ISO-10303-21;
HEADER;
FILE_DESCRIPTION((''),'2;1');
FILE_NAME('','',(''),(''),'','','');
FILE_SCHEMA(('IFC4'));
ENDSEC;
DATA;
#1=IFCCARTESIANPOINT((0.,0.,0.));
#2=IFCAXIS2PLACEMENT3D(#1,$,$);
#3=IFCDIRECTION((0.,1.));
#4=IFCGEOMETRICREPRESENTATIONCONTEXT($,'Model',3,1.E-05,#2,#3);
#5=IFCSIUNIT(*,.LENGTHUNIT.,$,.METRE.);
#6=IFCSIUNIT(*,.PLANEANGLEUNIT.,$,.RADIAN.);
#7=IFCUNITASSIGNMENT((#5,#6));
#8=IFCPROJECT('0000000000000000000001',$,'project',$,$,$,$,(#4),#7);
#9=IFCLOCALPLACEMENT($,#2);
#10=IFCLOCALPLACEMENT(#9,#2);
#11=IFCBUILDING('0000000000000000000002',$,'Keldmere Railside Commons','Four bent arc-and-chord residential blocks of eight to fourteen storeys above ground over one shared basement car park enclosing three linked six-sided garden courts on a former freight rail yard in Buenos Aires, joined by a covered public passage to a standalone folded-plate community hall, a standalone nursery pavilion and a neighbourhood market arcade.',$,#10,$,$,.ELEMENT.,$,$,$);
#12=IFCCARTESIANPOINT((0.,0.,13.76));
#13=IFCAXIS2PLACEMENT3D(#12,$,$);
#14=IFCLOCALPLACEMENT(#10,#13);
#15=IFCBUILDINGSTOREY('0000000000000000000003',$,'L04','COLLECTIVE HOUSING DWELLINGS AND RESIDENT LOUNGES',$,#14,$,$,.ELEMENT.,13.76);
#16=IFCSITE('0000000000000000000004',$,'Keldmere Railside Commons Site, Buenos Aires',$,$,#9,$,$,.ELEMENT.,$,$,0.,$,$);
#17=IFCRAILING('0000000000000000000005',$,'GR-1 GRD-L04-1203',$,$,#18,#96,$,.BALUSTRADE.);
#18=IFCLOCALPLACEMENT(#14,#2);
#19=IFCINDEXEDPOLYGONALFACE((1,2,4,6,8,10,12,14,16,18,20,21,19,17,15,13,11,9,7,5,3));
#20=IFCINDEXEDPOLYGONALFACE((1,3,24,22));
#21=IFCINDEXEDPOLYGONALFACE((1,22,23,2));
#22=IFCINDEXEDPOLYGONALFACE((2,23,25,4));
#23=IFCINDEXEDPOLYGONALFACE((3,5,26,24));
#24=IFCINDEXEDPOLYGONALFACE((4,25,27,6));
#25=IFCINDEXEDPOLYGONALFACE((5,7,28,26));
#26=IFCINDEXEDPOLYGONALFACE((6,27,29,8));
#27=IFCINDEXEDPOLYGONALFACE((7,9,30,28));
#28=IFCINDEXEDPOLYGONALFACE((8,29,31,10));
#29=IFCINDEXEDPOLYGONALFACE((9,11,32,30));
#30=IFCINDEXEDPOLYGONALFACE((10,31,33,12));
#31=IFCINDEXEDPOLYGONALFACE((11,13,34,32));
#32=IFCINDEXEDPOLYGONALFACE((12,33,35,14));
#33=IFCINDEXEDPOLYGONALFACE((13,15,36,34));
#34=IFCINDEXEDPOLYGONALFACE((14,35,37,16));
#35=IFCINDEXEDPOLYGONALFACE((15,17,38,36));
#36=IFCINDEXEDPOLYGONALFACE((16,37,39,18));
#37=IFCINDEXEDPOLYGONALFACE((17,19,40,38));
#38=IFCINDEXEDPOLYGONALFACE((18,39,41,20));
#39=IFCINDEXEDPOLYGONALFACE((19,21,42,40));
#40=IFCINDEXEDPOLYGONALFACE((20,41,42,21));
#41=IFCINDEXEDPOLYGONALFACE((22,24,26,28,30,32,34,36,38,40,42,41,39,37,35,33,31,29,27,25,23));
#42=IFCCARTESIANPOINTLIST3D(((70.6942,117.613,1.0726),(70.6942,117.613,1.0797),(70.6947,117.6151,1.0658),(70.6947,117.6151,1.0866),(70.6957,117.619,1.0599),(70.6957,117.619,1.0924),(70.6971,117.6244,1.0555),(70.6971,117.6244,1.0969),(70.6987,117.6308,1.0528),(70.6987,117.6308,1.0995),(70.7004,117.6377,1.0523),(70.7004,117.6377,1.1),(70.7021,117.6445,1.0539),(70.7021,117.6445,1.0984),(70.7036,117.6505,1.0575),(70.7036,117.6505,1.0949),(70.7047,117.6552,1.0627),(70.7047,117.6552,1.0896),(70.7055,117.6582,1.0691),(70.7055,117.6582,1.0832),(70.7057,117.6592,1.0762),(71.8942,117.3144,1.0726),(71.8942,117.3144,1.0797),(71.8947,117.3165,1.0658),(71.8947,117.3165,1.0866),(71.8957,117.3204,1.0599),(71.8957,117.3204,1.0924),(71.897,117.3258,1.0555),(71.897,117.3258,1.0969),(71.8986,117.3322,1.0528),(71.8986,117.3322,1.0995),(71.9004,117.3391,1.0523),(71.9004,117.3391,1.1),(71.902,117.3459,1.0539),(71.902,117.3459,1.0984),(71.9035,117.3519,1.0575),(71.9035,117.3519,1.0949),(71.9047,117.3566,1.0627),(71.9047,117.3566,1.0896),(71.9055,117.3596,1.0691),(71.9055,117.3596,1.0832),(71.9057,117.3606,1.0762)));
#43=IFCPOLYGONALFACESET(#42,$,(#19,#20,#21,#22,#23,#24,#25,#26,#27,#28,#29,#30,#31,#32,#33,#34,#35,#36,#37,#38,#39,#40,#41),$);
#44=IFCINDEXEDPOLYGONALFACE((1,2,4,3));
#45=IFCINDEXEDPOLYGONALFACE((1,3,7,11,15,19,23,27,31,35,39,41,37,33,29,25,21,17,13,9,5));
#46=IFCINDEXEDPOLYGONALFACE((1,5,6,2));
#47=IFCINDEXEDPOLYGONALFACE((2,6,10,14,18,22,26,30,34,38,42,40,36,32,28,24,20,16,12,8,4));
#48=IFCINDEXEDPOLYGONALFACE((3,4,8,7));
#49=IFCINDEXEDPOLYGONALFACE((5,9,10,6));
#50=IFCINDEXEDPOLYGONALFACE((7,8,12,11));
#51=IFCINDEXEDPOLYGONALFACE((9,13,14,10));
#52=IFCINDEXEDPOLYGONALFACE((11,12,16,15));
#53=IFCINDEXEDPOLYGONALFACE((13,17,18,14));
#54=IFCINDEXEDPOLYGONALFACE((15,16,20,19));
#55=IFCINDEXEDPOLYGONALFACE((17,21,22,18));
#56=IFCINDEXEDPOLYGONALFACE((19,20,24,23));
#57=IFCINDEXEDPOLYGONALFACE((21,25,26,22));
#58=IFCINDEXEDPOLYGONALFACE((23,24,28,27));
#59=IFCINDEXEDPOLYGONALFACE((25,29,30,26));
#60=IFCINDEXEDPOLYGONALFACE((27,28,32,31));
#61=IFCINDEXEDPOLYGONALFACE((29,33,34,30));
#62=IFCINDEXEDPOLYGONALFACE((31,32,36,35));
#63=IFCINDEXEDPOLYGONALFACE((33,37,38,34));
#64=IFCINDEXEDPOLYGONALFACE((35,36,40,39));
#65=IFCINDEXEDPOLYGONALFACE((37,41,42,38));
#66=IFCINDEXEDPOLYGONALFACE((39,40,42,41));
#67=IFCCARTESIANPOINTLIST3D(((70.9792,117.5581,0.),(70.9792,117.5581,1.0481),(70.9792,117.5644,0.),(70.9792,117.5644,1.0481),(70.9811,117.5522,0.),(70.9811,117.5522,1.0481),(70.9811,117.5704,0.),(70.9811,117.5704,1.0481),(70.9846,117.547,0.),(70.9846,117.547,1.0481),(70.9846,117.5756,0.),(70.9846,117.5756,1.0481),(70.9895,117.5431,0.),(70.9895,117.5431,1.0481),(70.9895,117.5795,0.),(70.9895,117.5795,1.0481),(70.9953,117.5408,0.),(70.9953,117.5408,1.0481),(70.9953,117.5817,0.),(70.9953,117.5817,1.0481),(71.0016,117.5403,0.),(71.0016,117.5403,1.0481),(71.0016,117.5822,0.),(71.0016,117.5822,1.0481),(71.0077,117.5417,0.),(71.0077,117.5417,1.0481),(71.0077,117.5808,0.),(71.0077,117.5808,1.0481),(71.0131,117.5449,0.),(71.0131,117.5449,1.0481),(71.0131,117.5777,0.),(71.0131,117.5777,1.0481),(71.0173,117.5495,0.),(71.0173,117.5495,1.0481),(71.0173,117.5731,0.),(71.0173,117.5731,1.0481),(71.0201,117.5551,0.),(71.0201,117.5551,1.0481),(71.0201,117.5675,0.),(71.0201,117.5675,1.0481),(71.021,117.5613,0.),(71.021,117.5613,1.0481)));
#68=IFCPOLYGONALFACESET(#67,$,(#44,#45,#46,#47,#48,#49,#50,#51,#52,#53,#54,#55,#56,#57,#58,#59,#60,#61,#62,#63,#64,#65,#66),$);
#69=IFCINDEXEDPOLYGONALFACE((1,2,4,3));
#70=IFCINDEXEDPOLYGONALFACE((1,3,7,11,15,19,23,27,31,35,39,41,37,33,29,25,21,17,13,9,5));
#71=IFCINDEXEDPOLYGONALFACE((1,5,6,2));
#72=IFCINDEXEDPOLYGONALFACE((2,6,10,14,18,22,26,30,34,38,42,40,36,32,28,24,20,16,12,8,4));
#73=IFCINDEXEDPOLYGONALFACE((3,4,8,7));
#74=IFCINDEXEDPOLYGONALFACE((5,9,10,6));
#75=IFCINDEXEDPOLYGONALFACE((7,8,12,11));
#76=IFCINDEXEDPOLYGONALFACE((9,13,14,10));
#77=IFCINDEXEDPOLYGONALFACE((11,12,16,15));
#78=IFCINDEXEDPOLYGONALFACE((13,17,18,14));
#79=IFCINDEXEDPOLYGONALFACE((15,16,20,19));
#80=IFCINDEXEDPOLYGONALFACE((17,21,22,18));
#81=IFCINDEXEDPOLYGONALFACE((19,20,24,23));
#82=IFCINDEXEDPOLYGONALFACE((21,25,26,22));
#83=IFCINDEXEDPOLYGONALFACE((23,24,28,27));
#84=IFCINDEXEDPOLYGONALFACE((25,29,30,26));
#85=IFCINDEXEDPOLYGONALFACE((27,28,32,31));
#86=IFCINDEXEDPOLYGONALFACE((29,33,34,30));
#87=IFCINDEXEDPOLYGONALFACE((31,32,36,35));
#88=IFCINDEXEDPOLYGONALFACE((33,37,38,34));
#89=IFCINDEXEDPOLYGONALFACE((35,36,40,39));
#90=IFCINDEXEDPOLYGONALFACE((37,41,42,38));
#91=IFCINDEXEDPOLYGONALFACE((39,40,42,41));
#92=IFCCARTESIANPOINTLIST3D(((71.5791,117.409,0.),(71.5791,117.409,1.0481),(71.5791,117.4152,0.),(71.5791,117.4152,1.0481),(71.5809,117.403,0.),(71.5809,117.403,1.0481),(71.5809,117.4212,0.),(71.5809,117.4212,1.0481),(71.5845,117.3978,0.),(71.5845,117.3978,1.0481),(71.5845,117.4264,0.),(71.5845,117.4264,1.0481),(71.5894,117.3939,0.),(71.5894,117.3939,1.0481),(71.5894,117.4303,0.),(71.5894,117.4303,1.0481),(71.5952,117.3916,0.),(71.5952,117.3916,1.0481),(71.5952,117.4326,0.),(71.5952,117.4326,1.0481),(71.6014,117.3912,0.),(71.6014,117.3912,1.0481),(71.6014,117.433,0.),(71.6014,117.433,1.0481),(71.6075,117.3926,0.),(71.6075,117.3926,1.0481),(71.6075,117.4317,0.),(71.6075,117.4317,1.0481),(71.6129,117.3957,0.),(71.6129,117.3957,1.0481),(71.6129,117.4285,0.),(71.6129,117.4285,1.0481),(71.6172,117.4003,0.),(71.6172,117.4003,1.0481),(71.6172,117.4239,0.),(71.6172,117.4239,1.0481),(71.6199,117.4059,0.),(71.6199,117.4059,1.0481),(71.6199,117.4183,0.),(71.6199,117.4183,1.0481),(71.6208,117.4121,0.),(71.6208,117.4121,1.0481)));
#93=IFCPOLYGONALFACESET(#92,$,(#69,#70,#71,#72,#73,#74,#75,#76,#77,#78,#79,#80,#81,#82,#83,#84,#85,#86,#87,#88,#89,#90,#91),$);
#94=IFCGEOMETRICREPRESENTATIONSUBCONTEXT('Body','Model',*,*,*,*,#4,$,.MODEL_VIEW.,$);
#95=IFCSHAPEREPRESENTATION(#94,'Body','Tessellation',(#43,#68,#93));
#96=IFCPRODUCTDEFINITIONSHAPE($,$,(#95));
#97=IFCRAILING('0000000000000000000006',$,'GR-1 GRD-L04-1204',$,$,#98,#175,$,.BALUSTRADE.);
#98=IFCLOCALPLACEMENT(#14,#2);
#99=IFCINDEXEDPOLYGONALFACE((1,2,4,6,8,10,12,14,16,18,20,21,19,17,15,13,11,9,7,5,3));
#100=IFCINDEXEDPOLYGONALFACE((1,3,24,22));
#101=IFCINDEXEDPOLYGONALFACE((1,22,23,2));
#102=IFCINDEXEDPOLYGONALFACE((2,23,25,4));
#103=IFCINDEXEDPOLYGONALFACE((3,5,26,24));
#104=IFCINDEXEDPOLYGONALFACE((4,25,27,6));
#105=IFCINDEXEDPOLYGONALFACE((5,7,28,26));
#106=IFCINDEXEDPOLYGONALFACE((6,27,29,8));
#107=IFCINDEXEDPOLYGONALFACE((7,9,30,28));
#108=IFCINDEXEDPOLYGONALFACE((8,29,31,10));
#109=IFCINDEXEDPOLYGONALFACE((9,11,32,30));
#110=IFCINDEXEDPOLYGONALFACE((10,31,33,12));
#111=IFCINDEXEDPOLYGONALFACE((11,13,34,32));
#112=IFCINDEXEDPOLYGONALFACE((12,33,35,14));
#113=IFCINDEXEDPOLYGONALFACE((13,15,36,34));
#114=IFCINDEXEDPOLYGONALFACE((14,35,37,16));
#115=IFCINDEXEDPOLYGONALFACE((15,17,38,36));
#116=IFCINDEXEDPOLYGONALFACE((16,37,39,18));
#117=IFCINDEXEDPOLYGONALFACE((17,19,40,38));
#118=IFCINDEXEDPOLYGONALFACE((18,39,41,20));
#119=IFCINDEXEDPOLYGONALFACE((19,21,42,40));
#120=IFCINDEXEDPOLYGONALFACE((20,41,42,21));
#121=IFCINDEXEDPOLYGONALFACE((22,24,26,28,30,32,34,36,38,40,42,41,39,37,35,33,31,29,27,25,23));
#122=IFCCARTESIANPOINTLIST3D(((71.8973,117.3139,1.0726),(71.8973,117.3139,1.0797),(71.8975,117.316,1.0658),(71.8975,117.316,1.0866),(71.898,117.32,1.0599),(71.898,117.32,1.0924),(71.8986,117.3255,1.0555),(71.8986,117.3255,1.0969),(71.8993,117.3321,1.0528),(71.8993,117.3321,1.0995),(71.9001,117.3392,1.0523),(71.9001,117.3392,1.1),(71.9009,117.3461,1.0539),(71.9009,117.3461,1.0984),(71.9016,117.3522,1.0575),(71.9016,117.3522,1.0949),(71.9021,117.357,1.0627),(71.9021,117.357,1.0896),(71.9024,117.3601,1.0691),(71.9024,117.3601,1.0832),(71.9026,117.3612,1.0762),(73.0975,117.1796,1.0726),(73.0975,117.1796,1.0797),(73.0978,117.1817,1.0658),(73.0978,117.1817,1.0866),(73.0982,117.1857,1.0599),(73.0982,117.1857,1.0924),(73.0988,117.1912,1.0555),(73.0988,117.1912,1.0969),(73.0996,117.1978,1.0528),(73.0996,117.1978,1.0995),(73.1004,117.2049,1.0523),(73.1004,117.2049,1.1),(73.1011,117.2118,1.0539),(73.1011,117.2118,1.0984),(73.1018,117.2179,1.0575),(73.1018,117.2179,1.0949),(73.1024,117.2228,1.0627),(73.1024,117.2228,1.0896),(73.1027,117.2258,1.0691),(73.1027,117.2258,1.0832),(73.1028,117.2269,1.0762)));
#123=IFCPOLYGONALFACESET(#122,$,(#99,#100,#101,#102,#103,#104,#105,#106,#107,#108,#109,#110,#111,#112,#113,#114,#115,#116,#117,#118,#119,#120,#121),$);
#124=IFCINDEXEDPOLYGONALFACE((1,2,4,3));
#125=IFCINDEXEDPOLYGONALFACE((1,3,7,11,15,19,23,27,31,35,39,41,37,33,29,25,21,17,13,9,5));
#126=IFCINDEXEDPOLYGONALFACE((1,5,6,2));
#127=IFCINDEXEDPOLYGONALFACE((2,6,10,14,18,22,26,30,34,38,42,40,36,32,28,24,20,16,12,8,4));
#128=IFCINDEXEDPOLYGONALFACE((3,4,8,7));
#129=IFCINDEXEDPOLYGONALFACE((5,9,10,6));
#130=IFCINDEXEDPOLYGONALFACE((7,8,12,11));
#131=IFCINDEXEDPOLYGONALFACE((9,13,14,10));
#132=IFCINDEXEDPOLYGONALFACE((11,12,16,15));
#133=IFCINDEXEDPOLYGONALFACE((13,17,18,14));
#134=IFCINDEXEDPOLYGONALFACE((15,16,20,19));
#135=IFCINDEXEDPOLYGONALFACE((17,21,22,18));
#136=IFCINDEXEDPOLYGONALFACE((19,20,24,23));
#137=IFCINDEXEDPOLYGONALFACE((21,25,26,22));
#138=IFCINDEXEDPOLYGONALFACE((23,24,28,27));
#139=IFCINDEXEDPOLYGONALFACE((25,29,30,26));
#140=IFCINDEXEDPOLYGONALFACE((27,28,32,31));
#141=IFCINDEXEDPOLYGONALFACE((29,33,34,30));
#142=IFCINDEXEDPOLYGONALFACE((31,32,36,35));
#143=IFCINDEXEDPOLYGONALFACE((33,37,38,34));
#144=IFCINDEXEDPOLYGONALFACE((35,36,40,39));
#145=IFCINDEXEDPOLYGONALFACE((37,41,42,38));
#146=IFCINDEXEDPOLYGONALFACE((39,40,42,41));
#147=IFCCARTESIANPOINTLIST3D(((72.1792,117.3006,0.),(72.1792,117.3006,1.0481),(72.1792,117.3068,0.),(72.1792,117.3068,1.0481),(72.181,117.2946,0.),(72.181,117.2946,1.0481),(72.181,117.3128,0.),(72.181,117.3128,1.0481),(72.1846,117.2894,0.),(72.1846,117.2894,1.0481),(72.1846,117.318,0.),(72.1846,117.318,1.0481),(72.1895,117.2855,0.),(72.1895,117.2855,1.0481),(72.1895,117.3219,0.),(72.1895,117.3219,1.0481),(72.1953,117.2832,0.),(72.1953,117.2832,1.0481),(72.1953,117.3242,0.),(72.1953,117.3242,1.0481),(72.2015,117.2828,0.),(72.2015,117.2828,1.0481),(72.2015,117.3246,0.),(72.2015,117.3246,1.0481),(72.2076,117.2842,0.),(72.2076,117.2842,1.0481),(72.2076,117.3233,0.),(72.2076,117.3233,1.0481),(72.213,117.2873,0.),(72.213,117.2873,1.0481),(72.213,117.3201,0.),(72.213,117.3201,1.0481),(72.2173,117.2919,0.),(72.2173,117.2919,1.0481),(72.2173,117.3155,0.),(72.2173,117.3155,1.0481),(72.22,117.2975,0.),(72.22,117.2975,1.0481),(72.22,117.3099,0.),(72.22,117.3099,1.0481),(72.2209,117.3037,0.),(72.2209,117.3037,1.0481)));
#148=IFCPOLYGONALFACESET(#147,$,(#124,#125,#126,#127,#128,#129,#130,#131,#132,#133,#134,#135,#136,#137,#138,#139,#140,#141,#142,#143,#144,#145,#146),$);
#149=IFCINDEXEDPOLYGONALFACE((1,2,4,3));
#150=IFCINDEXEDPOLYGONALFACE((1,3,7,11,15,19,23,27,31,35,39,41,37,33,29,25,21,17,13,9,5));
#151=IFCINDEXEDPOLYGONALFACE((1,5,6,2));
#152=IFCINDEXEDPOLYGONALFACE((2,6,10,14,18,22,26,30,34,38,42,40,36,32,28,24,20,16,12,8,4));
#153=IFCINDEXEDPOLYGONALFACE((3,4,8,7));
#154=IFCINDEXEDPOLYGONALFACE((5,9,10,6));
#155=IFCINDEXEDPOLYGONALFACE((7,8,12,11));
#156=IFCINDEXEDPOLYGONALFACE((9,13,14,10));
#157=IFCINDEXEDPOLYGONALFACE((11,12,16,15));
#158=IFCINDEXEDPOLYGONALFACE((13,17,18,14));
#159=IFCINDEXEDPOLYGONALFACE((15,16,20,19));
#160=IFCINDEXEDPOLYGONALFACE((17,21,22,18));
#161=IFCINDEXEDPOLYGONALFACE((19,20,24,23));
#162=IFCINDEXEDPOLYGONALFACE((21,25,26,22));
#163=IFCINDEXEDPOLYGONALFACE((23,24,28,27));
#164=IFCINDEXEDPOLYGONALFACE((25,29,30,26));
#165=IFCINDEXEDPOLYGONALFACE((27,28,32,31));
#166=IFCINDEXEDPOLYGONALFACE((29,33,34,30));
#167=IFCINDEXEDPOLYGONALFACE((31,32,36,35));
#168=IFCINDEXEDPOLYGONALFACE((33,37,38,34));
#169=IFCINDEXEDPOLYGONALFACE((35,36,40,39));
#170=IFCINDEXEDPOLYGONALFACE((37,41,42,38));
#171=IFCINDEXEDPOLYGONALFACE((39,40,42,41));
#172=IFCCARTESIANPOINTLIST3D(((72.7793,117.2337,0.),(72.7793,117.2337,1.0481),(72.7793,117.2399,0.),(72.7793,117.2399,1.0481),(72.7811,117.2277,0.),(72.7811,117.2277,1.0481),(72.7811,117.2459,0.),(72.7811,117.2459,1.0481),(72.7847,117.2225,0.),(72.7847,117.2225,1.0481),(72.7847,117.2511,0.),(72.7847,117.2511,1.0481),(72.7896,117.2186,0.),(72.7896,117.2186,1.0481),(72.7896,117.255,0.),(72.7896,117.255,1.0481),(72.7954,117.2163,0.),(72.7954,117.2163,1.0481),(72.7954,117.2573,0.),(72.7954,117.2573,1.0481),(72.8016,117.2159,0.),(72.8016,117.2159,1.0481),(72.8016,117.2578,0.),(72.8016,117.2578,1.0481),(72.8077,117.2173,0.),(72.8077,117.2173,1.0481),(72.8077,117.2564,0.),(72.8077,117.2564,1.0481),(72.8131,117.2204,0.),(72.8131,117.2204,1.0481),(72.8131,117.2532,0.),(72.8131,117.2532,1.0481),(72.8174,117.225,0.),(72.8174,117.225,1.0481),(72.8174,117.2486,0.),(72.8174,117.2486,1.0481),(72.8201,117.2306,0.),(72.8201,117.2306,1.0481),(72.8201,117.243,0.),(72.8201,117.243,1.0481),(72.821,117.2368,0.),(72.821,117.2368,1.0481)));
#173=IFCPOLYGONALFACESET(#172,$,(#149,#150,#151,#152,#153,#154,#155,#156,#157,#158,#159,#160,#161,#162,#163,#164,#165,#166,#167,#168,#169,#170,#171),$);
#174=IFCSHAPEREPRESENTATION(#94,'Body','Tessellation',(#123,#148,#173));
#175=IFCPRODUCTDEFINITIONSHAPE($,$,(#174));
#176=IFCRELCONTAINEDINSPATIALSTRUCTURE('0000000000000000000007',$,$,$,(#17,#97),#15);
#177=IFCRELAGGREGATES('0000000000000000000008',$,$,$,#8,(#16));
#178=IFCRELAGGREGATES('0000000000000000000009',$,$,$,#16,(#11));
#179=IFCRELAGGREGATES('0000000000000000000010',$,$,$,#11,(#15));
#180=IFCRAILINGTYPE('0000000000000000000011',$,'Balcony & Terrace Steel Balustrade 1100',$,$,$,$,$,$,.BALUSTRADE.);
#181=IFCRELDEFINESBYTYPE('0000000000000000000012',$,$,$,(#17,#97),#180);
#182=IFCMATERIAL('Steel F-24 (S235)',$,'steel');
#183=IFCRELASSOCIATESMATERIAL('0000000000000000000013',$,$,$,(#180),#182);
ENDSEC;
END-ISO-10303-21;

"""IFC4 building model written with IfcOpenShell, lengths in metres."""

from ifc_helpers import new_model, si_unit, direction, frame, origin, origin_2d, place, context, subcontext, project, spatial, circle, extrude, material, type_object, element, save


model = new_model("IFC4")

# Units and contexts
model_context = context("Model", 3, precision=1e-05, world=origin(), true_north=direction((0.0, 1.0)))
body_context = subcontext(model_context, "Body", "Model", "MODEL_VIEW")
ifc_project = project(units=[si_unit("LENGTHUNIT", "METRE"), si_unit("PLANEANGLEUNIT", "RADIAN")], contexts=[model_context])

# Site, building, storey
site_placement = place(None, origin())
site = spatial("IfcSite", under=ifc_project, at=site_placement, Name="Keldmere Railside Commons Site, Buenos Aires", CompositionType="ELEMENT", RefElevation=0.0)
building_placement = place(site_placement, origin())
building = spatial("IfcBuilding", under=site, at=building_placement, Name="Keldmere Railside Commons", Description="Four bent arc-and-chord residential blocks of eight to fourteen storeys above ground over one shared basement car park enclosing three linked six-sided garden courts on a former freight rail yard in Buenos Aires, joined by a covered public passage to a standalone folded-plate community hall, a standalone nursery pavilion and a neighbourhood market arcade.", CompositionType="ELEMENT")
storey_placement = place(building_placement, frame((0.0, 0.0, 13.76)))
storey = spatial("IfcBuildingStorey", under=building, at=storey_placement, Name="L04", Description="COLLECTIVE HOUSING DWELLINGS AND RESIDENT LOUNGES", CompositionType="ELEMENT", Elevation=13.76)

# Railings
ifc_material_1 = material(Name="Steel F-24 (S235)", Category="steel")
railing_type = type_object("IfcRailingType", Name="Balcony & Terrace Steel Balustrade 1100", PredefinedType="BALUSTRADE", material=ifc_material_1)
railing_1_placement = place(storey_placement, frame((70.7, 117.636, 0.0)))
element("IfcRailing", 1, at=railing_1_placement, inside=storey, type_object=railing_type, Name="GR-1 GRD-L04-1203", PredefinedType="BALUSTRADE", context=body_context, shape_type="SweptSolid", body=[
    extrude(circle(Radius=0.0239, at=origin_2d()), frame((0.0, 0.0, 1.0762), z_axis=(0.970409, -0.241467, 0.0), x_axis=(0.241467, 0.970409, 0.0)), (0.0, 0.0, 1.0), 1.2366),
    extrude(circle(Radius=0.021, at=origin_2d()), frame((0.3, -0.0747, 0.0)), (0.0, 0.0, 1.0), 1.0481),
    extrude(circle(Radius=0.021, at=origin_2d()), frame((0.8999, -0.2239, 0.0)), (0.0, 0.0, 1.0), 1.0481),
])
railing_2_placement = place(storey_placement, frame((71.8999, 117.3374, 0.0)))
element("IfcRailing", 2, at=railing_2_placement, inside=storey, type_object=railing_type, Name="GR-1 GRD-L04-1204", PredefinedType="BALUSTRADE", context=body_context, shape_type="SweptSolid", body=[
    extrude(circle(Radius=0.0239, at=origin_2d()), frame((0.0, 0.0, 1.0762), z_axis=(0.9938, -0.111186, 0.0), x_axis=(0.111186, 0.9938, 0.0)), (0.0, 0.0, 1.0), 1.2078),
    extrude(circle(Radius=0.021, at=origin_2d()), frame((0.3, -0.0337, 0.0)), (0.0, 0.0, 1.0), 1.0481),
    extrude(circle(Radius=0.021, at=origin_2d()), frame((0.9001, -0.1006, 0.0)), (0.0, 0.0, 1.0), 1.0481),
])

save(model, "model.ifc")
